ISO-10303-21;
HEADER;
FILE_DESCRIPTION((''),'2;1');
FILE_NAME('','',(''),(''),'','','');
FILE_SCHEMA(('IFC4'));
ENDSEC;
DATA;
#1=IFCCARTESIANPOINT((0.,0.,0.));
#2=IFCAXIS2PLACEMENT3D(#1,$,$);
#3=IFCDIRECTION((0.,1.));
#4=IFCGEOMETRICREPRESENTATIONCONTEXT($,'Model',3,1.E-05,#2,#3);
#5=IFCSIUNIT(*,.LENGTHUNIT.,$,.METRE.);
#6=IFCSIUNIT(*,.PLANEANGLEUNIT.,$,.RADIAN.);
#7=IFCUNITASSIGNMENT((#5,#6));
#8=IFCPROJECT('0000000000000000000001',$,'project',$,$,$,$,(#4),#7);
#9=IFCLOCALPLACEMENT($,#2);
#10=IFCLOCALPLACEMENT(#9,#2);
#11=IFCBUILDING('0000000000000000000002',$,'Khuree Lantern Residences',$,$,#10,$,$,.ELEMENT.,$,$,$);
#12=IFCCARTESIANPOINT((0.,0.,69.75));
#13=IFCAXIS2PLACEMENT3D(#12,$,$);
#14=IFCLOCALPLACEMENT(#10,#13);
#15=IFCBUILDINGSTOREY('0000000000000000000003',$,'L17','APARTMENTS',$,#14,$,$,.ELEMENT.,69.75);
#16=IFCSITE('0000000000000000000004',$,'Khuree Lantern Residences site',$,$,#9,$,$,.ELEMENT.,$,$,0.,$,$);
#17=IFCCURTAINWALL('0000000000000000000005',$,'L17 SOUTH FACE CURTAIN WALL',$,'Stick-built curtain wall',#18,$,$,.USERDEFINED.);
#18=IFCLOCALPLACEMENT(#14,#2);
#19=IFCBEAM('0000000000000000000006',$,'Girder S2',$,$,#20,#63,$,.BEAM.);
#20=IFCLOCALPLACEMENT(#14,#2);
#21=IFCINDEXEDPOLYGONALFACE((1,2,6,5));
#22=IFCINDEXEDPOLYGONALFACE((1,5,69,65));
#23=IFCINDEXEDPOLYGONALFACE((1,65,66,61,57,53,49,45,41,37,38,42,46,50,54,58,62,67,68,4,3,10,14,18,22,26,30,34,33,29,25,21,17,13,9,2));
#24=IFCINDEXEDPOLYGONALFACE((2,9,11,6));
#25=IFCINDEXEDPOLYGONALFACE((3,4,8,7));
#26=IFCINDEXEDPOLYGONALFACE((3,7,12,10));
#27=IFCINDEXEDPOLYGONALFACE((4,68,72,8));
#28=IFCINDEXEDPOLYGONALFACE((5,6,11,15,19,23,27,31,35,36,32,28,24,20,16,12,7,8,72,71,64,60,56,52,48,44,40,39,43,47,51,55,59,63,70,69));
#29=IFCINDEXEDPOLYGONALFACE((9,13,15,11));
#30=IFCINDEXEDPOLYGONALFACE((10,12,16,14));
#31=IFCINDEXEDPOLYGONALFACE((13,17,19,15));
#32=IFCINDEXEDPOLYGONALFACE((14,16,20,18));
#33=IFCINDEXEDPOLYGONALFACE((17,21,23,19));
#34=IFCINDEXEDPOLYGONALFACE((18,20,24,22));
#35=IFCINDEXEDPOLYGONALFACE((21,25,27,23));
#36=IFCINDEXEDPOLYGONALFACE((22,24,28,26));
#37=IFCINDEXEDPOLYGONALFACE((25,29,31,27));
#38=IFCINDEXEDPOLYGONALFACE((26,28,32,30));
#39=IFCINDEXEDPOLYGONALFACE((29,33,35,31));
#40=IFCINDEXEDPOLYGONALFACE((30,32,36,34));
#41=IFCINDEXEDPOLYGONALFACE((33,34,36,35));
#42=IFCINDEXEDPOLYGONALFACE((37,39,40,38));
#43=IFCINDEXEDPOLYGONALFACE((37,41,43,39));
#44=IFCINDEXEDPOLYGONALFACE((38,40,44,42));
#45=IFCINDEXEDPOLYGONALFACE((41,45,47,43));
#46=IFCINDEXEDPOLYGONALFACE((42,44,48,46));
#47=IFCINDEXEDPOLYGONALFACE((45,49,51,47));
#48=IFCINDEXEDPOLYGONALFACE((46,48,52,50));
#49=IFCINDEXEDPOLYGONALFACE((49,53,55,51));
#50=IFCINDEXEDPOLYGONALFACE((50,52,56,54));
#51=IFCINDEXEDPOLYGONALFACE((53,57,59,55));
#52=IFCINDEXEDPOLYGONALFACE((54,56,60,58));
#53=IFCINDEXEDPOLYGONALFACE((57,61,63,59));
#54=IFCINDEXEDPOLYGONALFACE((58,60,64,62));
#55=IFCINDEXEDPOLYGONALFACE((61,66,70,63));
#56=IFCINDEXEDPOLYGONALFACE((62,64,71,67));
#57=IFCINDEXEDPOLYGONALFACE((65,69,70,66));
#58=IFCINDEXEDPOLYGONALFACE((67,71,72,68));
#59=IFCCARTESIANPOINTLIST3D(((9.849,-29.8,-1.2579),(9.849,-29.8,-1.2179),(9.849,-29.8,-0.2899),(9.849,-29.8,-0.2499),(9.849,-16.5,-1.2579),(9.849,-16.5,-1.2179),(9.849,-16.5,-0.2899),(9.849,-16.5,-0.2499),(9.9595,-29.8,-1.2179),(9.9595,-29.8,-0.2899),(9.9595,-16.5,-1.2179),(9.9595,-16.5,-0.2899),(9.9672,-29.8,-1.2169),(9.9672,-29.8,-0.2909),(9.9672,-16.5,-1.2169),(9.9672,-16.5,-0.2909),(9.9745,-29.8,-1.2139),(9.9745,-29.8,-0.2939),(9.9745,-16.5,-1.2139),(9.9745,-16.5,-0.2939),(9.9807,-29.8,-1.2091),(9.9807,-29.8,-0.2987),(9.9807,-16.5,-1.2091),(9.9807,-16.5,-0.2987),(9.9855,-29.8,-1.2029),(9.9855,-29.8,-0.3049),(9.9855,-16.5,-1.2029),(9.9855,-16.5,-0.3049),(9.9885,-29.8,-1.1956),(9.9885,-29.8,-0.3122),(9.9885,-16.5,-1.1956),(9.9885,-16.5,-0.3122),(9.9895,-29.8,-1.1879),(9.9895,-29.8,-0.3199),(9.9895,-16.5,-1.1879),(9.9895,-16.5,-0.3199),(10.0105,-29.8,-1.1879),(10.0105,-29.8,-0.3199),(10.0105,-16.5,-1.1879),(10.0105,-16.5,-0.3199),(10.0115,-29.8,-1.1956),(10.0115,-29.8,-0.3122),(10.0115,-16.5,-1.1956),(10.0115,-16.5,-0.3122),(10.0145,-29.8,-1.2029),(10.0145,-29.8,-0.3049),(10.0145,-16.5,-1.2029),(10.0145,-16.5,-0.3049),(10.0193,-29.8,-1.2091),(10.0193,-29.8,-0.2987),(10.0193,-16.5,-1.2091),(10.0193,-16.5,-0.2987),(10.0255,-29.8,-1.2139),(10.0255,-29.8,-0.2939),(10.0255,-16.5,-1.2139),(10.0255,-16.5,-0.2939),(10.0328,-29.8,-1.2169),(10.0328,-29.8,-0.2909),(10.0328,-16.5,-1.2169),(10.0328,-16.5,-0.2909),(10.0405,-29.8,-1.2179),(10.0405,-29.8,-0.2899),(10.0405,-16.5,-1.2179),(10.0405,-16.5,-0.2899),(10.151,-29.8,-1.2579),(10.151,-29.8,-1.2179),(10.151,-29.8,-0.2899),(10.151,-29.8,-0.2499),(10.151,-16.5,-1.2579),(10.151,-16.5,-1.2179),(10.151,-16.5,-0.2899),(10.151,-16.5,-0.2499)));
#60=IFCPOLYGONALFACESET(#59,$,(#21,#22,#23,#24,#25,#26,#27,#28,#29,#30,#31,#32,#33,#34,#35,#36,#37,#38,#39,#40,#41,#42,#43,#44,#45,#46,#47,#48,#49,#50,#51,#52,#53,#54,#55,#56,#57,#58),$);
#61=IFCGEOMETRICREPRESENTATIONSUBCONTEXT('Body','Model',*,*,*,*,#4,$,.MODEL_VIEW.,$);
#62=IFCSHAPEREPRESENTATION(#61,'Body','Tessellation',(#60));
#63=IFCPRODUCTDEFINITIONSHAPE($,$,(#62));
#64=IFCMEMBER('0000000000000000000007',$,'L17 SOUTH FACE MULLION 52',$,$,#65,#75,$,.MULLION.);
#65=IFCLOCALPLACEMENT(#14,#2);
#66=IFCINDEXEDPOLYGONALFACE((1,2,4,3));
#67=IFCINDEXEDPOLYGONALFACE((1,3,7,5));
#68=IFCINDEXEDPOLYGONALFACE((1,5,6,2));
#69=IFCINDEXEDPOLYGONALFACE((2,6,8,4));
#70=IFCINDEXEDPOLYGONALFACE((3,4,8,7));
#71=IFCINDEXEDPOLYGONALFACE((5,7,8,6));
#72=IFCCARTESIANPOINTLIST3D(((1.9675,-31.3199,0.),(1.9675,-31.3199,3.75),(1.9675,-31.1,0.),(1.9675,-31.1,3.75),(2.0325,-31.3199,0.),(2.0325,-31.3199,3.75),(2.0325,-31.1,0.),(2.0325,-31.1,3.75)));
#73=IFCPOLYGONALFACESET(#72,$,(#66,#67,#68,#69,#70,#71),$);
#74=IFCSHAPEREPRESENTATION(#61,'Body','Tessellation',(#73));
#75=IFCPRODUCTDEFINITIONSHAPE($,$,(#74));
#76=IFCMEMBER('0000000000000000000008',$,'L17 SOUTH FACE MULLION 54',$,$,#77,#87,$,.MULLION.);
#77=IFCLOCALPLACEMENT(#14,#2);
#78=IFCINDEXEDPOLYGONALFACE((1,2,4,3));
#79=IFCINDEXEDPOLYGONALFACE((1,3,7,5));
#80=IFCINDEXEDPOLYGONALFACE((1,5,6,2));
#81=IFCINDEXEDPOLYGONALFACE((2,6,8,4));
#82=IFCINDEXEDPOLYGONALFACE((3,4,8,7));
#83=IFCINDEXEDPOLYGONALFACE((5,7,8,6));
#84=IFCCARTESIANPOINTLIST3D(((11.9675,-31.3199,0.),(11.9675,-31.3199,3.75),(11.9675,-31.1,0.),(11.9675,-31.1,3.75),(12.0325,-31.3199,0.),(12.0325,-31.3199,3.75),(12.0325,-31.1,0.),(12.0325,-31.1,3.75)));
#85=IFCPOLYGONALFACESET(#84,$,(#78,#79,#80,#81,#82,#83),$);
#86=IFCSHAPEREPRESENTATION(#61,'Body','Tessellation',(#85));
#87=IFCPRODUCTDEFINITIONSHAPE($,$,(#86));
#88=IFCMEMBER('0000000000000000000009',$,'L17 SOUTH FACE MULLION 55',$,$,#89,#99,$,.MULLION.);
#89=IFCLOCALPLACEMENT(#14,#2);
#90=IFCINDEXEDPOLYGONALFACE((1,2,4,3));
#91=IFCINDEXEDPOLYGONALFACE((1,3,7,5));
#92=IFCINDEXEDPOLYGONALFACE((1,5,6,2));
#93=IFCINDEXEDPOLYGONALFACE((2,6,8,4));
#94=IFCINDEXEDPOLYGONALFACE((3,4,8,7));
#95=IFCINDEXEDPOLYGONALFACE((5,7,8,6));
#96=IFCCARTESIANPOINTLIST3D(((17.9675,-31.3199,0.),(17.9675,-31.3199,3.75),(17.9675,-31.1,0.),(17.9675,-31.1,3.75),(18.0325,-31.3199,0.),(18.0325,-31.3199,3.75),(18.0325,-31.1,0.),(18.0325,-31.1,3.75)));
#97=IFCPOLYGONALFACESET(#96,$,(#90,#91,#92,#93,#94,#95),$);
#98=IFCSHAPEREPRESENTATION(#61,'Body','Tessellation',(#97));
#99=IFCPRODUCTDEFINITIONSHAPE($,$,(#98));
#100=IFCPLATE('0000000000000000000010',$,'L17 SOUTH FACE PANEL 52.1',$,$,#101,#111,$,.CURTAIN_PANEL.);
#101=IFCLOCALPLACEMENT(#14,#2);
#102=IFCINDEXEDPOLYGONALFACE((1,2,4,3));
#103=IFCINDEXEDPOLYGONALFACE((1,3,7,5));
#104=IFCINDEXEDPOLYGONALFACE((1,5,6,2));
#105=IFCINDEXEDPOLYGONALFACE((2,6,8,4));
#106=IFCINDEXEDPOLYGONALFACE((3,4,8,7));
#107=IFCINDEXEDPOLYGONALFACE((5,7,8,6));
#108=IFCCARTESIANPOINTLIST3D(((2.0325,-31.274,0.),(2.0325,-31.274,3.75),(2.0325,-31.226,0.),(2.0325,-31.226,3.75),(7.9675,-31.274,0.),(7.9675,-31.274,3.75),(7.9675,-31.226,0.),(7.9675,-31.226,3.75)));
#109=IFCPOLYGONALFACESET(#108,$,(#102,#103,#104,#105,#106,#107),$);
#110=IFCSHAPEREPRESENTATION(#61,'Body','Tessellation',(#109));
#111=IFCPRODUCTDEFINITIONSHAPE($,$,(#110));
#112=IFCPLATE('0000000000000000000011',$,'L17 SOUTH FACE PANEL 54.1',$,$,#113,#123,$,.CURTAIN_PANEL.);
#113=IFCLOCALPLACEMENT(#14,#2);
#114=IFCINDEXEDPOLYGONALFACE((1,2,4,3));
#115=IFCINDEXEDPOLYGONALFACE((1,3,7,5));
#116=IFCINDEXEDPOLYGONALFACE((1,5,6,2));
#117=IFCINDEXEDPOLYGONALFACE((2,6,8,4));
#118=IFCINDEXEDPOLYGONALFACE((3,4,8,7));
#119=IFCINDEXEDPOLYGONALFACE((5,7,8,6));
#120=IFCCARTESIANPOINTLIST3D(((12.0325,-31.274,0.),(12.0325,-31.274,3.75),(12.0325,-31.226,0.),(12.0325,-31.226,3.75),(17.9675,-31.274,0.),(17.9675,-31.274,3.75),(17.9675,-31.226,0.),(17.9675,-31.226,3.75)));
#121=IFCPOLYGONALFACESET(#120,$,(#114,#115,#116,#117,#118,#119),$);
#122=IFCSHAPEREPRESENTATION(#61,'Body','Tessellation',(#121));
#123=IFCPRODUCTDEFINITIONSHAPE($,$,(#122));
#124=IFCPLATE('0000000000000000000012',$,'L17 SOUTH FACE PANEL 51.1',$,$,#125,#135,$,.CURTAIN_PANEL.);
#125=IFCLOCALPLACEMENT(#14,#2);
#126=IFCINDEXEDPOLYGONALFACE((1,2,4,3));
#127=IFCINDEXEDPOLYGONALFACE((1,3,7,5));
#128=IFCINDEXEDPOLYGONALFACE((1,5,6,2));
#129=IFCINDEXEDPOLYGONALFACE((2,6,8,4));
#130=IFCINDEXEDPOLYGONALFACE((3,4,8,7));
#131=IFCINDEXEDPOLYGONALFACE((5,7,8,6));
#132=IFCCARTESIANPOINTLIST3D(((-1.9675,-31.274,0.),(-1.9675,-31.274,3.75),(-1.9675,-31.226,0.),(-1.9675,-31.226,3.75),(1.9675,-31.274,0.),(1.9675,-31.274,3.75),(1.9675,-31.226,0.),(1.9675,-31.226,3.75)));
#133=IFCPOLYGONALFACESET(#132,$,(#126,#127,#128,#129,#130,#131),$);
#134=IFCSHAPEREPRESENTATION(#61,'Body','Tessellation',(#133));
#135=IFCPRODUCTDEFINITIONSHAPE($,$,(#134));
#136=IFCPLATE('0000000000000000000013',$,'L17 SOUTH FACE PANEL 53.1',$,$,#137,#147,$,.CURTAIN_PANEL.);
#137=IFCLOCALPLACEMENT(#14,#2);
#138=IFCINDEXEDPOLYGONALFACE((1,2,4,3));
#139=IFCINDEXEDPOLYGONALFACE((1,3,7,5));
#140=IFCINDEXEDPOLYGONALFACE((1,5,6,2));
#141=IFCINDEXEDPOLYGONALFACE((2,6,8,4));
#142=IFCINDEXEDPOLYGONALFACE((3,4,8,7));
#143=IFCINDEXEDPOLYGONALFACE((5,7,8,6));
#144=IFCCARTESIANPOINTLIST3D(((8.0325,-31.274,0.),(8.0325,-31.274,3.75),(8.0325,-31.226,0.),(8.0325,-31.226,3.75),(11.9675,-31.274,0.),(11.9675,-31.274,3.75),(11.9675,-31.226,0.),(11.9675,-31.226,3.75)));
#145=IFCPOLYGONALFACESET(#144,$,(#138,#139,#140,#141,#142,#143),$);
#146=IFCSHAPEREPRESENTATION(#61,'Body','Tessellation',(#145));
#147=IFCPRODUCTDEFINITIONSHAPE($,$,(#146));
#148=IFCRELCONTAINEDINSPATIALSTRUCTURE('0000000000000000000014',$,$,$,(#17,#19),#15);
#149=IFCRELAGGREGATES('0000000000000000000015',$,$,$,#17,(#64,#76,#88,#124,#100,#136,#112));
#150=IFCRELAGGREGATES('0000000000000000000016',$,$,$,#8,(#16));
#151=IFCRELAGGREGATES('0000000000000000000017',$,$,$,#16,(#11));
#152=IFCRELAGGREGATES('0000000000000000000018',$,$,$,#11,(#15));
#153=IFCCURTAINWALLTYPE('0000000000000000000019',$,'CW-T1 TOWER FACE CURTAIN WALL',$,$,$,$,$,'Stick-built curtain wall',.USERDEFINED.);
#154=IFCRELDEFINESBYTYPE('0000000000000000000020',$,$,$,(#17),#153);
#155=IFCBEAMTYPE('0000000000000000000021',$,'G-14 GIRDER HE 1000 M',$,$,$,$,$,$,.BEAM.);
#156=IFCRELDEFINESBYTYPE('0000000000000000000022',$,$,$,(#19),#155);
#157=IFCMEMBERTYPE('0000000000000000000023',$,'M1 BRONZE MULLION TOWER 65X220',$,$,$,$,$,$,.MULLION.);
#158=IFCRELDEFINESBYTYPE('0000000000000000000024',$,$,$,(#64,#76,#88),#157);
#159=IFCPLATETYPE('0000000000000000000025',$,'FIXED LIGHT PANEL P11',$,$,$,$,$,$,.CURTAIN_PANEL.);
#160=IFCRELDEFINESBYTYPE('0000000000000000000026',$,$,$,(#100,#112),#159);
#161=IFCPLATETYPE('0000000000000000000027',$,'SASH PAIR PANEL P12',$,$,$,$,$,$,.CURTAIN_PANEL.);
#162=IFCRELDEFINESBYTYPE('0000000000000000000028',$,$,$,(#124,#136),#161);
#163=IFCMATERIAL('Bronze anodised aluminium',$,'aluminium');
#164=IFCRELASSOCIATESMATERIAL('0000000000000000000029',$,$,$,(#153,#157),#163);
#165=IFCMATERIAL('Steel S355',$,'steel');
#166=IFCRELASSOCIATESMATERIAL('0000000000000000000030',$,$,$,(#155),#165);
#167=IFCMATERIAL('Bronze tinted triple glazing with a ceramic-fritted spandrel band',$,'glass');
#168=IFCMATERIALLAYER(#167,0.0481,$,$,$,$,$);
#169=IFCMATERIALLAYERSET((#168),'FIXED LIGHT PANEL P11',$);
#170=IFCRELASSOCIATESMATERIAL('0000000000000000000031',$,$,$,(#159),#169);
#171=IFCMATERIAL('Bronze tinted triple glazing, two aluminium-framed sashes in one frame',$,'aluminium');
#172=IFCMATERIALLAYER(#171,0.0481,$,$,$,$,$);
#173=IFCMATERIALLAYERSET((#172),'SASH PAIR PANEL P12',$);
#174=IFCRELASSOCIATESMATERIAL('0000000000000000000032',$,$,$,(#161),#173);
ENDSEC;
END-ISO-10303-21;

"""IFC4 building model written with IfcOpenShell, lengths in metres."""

from ifc_helpers import new_model, si_unit, direction, frame, origin, origin_2d, place, context, subcontext, project, spatial, rectangle, i_section, extrude, material, layer, layer_set, material_profile, profile_set, type_object, element, aggregate, save


model = new_model("IFC4")

# Units and contexts
model_context = context("Model", 3, precision=1e-05, world=origin(), true_north=direction((0.0, 1.0)))
body_context = subcontext(model_context, "Body", "Model", "MODEL_VIEW")
ifc_project = project(units=[si_unit("LENGTHUNIT", "METRE"), si_unit("PLANEANGLEUNIT", "RADIAN")], contexts=[model_context])

# Site, building, storey
site_placement = place(None, origin())
site = spatial("IfcSite", under=ifc_project, at=site_placement, Name="Khuree Lantern Residences site", CompositionType="ELEMENT", RefElevation=0.0)
building_placement = place(site_placement, origin())
building = spatial("IfcBuilding", under=site, at=building_placement, Name="Khuree Lantern Residences", CompositionType="ELEMENT")
storey_placement = place(building_placement, frame((0.0, 0.0, 69.75)))
storey = spatial("IfcBuildingStorey", under=building, at=storey_placement, Name="L17", Description="APARTMENTS", CompositionType="ELEMENT", Elevation=69.75)

# Shared definitions
ifc_material_1 = material(Name="Steel S355", Category="steel")

# Curtain wall
ifc_material_2 = material(Name="Bronze anodised aluminium", Category="aluminium")
curtain_wall_type = type_object("IfcCurtainWallType", Name="CW-T1 TOWER FACE CURTAIN WALL", ElementType="Stick-built curtain wall", PredefinedType="USERDEFINED", material=ifc_material_2)
curtain_wall_placement = place(storey_placement, origin())
curtain_wall = element("IfcCurtainWall", 1, at=curtain_wall_placement, inside=storey, type_object=curtain_wall_type, Name="L17 SOUTH FACE CURTAIN WALL", ObjectType="Stick-built curtain wall", PredefinedType="USERDEFINED")

# Beam
ifc_material_profile_1 = material_profile(ifc_material_1, i_section(OverallWidth=0.302, OverallDepth=1.0081, WebThickness=0.021, FlangeThickness=0.04, FilletRadius=0.03, at=origin_2d()), Name="HE 1000 M")
ifc_profile_set_1 = profile_set([ifc_material_profile_1], Name="Steel S355")
beam_type_1 = type_object("IfcBeamType", Name="G-14 GIRDER HE 1000 M", PredefinedType="BEAM", material=ifc_profile_set_1)
beam_1_placement = place(storey_placement, frame((10.0, -29.8, -0.7539), z_axis=(0.0, 1.0, 0.0), x_axis=(-1.0, 0.0, 0.0)))
element("IfcBeam", 2, at=beam_1_placement, inside=storey, type_object=beam_type_1, Name="Girder S2", PredefinedType="BEAM", context=body_context, shape_type="SweptSolid", body=[
    extrude(i_section(OverallWidth=0.302, OverallDepth=1.0081, WebThickness=0.021, FlangeThickness=0.04, FilletRadius=0.03, at=origin_2d()), origin(), (0.0, 0.0, 1.0), 13.3),
])

# Members
ifc_material_profile_2 = material_profile(ifc_material_2, rectangle(XDim=0.0649, YDim=0.22, at=origin_2d()), Name="M1 65X220")
ifc_profile_set_2 = profile_set([ifc_material_profile_2], Name="Bronze anodised aluminium")
member_type_1 = type_object("IfcMemberType", Name="M1 BRONZE MULLION TOWER 65X220", PredefinedType="MULLION", material=ifc_profile_set_2)
member_1_placement = place(storey_placement, frame((2.0, -31.21, 0.0), z_axis=(0.0, 0.0, 1.0), x_axis=(1.0, 0.0, 0.0)))
member_1 = element("IfcMember", 3, at=member_1_placement, type_object=member_type_1, Name="L17 SOUTH FACE MULLION 52", PredefinedType="MULLION", context=body_context, shape_type="SweptSolid", body=[
    extrude(rectangle(XDim=0.0649, YDim=0.22, at=origin_2d()), origin(), (0.0, 0.0, 1.0), 3.75),
])
member_2_placement = place(storey_placement, frame((12.0, -31.21, 0.0), z_axis=(0.0, 0.0, 1.0), x_axis=(1.0, 0.0, 0.0)))
member_2 = element("IfcMember", 4, at=member_2_placement, type_object=member_type_1, Name="L17 SOUTH FACE MULLION 54", PredefinedType="MULLION", context=body_context, shape_type="SweptSolid", body=[
    extrude(rectangle(XDim=0.0649, YDim=0.22, at=origin_2d()), origin(), (0.0, 0.0, 1.0), 3.75),
])
member_3_placement = place(storey_placement, frame((18.0, -31.21, 0.0), z_axis=(0.0, 0.0, 1.0), x_axis=(1.0, 0.0, 0.0)))
member_3 = element("IfcMember", 5, at=member_3_placement, type_object=member_type_1, Name="L17 SOUTH FACE MULLION 55", PredefinedType="MULLION", context=body_context, shape_type="SweptSolid", body=[
    extrude(rectangle(XDim=0.0649, YDim=0.22, at=origin_2d()), origin(), (0.0, 0.0, 1.0), 3.75),
])

# Plates
ifc_material_3 = material(Name="Bronze tinted triple glazing with a ceramic-fritted spandrel band", Category="glass")
ifc_layer_1 = layer(ifc_material_3, 0.0481)
ifc_layer_set_1 = layer_set([ifc_layer_1], Name="FIXED LIGHT PANEL P11")
plate_type_1 = type_object("IfcPlateType", Name="FIXED LIGHT PANEL P11", PredefinedType="CURTAIN_PANEL", material=ifc_layer_set_1)
plate_1_placement = place(storey_placement, frame((5.0, -31.25, 0.0), z_axis=(0.0, 0.0, 1.0), x_axis=(1.0, 0.0, 0.0)))
plate_1 = element("IfcPlate", 6, at=plate_1_placement, type_object=plate_type_1, Name="L17 SOUTH FACE PANEL 52.1", PredefinedType="CURTAIN_PANEL", context=body_context, shape_type="SweptSolid", body=[
    extrude(rectangle(XDim=5.9351, YDim=0.0481, at=origin_2d()), origin(), (0.0, 0.0, 1.0), 3.75),
])
plate_2_placement = place(storey_placement, frame((15.0, -31.25, 0.0), z_axis=(0.0, 0.0, 1.0), x_axis=(1.0, 0.0, 0.0)))
plate_2 = element("IfcPlate", 7, at=plate_2_placement, type_object=plate_type_1, Name="L17 SOUTH FACE PANEL 54.1", PredefinedType="CURTAIN_PANEL", context=body_context, shape_type="SweptSolid", body=[
    extrude(rectangle(XDim=5.9351, YDim=0.0481, at=origin_2d()), origin(), (0.0, 0.0, 1.0), 3.75),
])
ifc_material_4 = material(Name="Bronze tinted triple glazing, two aluminium-framed sashes in one frame", Category="aluminium")
ifc_layer_2 = layer(ifc_material_4, 0.0481)
ifc_layer_set_2 = layer_set([ifc_layer_2], Name="SASH PAIR PANEL P12")
plate_type_2 = type_object("IfcPlateType", Name="SASH PAIR PANEL P12", PredefinedType="CURTAIN_PANEL", material=ifc_layer_set_2)
plate_3_placement = place(storey_placement, frame((0.0, -31.25, 0.0), z_axis=(0.0, 0.0, 1.0), x_axis=(1.0, 0.0, 0.0)))
plate_3 = element("IfcPlate", 8, at=plate_3_placement, type_object=plate_type_2, Name="L17 SOUTH FACE PANEL 51.1", PredefinedType="CURTAIN_PANEL", context=body_context, shape_type="SweptSolid", body=[
    extrude(rectangle(XDim=3.9351, YDim=0.0481, at=origin_2d()), origin(), (0.0, 0.0, 1.0), 3.75),
])
plate_4_placement = place(storey_placement, frame((10.0, -31.25, 0.0), z_axis=(0.0, 0.0, 1.0), x_axis=(1.0, 0.0, 0.0)))
plate_4 = element("IfcPlate", 9, at=plate_4_placement, type_object=plate_type_2, Name="L17 SOUTH FACE PANEL 53.1", PredefinedType="CURTAIN_PANEL", context=body_context, shape_type="SweptSolid", body=[
    extrude(rectangle(XDim=3.9351, YDim=0.0481, at=origin_2d()), origin(), (0.0, 0.0, 1.0), 3.75),
])
aggregate(curtain_wall, [member_1, member_2, member_3, plate_3, plate_1, plate_4, plate_2])

save(model, "model.ifc")
